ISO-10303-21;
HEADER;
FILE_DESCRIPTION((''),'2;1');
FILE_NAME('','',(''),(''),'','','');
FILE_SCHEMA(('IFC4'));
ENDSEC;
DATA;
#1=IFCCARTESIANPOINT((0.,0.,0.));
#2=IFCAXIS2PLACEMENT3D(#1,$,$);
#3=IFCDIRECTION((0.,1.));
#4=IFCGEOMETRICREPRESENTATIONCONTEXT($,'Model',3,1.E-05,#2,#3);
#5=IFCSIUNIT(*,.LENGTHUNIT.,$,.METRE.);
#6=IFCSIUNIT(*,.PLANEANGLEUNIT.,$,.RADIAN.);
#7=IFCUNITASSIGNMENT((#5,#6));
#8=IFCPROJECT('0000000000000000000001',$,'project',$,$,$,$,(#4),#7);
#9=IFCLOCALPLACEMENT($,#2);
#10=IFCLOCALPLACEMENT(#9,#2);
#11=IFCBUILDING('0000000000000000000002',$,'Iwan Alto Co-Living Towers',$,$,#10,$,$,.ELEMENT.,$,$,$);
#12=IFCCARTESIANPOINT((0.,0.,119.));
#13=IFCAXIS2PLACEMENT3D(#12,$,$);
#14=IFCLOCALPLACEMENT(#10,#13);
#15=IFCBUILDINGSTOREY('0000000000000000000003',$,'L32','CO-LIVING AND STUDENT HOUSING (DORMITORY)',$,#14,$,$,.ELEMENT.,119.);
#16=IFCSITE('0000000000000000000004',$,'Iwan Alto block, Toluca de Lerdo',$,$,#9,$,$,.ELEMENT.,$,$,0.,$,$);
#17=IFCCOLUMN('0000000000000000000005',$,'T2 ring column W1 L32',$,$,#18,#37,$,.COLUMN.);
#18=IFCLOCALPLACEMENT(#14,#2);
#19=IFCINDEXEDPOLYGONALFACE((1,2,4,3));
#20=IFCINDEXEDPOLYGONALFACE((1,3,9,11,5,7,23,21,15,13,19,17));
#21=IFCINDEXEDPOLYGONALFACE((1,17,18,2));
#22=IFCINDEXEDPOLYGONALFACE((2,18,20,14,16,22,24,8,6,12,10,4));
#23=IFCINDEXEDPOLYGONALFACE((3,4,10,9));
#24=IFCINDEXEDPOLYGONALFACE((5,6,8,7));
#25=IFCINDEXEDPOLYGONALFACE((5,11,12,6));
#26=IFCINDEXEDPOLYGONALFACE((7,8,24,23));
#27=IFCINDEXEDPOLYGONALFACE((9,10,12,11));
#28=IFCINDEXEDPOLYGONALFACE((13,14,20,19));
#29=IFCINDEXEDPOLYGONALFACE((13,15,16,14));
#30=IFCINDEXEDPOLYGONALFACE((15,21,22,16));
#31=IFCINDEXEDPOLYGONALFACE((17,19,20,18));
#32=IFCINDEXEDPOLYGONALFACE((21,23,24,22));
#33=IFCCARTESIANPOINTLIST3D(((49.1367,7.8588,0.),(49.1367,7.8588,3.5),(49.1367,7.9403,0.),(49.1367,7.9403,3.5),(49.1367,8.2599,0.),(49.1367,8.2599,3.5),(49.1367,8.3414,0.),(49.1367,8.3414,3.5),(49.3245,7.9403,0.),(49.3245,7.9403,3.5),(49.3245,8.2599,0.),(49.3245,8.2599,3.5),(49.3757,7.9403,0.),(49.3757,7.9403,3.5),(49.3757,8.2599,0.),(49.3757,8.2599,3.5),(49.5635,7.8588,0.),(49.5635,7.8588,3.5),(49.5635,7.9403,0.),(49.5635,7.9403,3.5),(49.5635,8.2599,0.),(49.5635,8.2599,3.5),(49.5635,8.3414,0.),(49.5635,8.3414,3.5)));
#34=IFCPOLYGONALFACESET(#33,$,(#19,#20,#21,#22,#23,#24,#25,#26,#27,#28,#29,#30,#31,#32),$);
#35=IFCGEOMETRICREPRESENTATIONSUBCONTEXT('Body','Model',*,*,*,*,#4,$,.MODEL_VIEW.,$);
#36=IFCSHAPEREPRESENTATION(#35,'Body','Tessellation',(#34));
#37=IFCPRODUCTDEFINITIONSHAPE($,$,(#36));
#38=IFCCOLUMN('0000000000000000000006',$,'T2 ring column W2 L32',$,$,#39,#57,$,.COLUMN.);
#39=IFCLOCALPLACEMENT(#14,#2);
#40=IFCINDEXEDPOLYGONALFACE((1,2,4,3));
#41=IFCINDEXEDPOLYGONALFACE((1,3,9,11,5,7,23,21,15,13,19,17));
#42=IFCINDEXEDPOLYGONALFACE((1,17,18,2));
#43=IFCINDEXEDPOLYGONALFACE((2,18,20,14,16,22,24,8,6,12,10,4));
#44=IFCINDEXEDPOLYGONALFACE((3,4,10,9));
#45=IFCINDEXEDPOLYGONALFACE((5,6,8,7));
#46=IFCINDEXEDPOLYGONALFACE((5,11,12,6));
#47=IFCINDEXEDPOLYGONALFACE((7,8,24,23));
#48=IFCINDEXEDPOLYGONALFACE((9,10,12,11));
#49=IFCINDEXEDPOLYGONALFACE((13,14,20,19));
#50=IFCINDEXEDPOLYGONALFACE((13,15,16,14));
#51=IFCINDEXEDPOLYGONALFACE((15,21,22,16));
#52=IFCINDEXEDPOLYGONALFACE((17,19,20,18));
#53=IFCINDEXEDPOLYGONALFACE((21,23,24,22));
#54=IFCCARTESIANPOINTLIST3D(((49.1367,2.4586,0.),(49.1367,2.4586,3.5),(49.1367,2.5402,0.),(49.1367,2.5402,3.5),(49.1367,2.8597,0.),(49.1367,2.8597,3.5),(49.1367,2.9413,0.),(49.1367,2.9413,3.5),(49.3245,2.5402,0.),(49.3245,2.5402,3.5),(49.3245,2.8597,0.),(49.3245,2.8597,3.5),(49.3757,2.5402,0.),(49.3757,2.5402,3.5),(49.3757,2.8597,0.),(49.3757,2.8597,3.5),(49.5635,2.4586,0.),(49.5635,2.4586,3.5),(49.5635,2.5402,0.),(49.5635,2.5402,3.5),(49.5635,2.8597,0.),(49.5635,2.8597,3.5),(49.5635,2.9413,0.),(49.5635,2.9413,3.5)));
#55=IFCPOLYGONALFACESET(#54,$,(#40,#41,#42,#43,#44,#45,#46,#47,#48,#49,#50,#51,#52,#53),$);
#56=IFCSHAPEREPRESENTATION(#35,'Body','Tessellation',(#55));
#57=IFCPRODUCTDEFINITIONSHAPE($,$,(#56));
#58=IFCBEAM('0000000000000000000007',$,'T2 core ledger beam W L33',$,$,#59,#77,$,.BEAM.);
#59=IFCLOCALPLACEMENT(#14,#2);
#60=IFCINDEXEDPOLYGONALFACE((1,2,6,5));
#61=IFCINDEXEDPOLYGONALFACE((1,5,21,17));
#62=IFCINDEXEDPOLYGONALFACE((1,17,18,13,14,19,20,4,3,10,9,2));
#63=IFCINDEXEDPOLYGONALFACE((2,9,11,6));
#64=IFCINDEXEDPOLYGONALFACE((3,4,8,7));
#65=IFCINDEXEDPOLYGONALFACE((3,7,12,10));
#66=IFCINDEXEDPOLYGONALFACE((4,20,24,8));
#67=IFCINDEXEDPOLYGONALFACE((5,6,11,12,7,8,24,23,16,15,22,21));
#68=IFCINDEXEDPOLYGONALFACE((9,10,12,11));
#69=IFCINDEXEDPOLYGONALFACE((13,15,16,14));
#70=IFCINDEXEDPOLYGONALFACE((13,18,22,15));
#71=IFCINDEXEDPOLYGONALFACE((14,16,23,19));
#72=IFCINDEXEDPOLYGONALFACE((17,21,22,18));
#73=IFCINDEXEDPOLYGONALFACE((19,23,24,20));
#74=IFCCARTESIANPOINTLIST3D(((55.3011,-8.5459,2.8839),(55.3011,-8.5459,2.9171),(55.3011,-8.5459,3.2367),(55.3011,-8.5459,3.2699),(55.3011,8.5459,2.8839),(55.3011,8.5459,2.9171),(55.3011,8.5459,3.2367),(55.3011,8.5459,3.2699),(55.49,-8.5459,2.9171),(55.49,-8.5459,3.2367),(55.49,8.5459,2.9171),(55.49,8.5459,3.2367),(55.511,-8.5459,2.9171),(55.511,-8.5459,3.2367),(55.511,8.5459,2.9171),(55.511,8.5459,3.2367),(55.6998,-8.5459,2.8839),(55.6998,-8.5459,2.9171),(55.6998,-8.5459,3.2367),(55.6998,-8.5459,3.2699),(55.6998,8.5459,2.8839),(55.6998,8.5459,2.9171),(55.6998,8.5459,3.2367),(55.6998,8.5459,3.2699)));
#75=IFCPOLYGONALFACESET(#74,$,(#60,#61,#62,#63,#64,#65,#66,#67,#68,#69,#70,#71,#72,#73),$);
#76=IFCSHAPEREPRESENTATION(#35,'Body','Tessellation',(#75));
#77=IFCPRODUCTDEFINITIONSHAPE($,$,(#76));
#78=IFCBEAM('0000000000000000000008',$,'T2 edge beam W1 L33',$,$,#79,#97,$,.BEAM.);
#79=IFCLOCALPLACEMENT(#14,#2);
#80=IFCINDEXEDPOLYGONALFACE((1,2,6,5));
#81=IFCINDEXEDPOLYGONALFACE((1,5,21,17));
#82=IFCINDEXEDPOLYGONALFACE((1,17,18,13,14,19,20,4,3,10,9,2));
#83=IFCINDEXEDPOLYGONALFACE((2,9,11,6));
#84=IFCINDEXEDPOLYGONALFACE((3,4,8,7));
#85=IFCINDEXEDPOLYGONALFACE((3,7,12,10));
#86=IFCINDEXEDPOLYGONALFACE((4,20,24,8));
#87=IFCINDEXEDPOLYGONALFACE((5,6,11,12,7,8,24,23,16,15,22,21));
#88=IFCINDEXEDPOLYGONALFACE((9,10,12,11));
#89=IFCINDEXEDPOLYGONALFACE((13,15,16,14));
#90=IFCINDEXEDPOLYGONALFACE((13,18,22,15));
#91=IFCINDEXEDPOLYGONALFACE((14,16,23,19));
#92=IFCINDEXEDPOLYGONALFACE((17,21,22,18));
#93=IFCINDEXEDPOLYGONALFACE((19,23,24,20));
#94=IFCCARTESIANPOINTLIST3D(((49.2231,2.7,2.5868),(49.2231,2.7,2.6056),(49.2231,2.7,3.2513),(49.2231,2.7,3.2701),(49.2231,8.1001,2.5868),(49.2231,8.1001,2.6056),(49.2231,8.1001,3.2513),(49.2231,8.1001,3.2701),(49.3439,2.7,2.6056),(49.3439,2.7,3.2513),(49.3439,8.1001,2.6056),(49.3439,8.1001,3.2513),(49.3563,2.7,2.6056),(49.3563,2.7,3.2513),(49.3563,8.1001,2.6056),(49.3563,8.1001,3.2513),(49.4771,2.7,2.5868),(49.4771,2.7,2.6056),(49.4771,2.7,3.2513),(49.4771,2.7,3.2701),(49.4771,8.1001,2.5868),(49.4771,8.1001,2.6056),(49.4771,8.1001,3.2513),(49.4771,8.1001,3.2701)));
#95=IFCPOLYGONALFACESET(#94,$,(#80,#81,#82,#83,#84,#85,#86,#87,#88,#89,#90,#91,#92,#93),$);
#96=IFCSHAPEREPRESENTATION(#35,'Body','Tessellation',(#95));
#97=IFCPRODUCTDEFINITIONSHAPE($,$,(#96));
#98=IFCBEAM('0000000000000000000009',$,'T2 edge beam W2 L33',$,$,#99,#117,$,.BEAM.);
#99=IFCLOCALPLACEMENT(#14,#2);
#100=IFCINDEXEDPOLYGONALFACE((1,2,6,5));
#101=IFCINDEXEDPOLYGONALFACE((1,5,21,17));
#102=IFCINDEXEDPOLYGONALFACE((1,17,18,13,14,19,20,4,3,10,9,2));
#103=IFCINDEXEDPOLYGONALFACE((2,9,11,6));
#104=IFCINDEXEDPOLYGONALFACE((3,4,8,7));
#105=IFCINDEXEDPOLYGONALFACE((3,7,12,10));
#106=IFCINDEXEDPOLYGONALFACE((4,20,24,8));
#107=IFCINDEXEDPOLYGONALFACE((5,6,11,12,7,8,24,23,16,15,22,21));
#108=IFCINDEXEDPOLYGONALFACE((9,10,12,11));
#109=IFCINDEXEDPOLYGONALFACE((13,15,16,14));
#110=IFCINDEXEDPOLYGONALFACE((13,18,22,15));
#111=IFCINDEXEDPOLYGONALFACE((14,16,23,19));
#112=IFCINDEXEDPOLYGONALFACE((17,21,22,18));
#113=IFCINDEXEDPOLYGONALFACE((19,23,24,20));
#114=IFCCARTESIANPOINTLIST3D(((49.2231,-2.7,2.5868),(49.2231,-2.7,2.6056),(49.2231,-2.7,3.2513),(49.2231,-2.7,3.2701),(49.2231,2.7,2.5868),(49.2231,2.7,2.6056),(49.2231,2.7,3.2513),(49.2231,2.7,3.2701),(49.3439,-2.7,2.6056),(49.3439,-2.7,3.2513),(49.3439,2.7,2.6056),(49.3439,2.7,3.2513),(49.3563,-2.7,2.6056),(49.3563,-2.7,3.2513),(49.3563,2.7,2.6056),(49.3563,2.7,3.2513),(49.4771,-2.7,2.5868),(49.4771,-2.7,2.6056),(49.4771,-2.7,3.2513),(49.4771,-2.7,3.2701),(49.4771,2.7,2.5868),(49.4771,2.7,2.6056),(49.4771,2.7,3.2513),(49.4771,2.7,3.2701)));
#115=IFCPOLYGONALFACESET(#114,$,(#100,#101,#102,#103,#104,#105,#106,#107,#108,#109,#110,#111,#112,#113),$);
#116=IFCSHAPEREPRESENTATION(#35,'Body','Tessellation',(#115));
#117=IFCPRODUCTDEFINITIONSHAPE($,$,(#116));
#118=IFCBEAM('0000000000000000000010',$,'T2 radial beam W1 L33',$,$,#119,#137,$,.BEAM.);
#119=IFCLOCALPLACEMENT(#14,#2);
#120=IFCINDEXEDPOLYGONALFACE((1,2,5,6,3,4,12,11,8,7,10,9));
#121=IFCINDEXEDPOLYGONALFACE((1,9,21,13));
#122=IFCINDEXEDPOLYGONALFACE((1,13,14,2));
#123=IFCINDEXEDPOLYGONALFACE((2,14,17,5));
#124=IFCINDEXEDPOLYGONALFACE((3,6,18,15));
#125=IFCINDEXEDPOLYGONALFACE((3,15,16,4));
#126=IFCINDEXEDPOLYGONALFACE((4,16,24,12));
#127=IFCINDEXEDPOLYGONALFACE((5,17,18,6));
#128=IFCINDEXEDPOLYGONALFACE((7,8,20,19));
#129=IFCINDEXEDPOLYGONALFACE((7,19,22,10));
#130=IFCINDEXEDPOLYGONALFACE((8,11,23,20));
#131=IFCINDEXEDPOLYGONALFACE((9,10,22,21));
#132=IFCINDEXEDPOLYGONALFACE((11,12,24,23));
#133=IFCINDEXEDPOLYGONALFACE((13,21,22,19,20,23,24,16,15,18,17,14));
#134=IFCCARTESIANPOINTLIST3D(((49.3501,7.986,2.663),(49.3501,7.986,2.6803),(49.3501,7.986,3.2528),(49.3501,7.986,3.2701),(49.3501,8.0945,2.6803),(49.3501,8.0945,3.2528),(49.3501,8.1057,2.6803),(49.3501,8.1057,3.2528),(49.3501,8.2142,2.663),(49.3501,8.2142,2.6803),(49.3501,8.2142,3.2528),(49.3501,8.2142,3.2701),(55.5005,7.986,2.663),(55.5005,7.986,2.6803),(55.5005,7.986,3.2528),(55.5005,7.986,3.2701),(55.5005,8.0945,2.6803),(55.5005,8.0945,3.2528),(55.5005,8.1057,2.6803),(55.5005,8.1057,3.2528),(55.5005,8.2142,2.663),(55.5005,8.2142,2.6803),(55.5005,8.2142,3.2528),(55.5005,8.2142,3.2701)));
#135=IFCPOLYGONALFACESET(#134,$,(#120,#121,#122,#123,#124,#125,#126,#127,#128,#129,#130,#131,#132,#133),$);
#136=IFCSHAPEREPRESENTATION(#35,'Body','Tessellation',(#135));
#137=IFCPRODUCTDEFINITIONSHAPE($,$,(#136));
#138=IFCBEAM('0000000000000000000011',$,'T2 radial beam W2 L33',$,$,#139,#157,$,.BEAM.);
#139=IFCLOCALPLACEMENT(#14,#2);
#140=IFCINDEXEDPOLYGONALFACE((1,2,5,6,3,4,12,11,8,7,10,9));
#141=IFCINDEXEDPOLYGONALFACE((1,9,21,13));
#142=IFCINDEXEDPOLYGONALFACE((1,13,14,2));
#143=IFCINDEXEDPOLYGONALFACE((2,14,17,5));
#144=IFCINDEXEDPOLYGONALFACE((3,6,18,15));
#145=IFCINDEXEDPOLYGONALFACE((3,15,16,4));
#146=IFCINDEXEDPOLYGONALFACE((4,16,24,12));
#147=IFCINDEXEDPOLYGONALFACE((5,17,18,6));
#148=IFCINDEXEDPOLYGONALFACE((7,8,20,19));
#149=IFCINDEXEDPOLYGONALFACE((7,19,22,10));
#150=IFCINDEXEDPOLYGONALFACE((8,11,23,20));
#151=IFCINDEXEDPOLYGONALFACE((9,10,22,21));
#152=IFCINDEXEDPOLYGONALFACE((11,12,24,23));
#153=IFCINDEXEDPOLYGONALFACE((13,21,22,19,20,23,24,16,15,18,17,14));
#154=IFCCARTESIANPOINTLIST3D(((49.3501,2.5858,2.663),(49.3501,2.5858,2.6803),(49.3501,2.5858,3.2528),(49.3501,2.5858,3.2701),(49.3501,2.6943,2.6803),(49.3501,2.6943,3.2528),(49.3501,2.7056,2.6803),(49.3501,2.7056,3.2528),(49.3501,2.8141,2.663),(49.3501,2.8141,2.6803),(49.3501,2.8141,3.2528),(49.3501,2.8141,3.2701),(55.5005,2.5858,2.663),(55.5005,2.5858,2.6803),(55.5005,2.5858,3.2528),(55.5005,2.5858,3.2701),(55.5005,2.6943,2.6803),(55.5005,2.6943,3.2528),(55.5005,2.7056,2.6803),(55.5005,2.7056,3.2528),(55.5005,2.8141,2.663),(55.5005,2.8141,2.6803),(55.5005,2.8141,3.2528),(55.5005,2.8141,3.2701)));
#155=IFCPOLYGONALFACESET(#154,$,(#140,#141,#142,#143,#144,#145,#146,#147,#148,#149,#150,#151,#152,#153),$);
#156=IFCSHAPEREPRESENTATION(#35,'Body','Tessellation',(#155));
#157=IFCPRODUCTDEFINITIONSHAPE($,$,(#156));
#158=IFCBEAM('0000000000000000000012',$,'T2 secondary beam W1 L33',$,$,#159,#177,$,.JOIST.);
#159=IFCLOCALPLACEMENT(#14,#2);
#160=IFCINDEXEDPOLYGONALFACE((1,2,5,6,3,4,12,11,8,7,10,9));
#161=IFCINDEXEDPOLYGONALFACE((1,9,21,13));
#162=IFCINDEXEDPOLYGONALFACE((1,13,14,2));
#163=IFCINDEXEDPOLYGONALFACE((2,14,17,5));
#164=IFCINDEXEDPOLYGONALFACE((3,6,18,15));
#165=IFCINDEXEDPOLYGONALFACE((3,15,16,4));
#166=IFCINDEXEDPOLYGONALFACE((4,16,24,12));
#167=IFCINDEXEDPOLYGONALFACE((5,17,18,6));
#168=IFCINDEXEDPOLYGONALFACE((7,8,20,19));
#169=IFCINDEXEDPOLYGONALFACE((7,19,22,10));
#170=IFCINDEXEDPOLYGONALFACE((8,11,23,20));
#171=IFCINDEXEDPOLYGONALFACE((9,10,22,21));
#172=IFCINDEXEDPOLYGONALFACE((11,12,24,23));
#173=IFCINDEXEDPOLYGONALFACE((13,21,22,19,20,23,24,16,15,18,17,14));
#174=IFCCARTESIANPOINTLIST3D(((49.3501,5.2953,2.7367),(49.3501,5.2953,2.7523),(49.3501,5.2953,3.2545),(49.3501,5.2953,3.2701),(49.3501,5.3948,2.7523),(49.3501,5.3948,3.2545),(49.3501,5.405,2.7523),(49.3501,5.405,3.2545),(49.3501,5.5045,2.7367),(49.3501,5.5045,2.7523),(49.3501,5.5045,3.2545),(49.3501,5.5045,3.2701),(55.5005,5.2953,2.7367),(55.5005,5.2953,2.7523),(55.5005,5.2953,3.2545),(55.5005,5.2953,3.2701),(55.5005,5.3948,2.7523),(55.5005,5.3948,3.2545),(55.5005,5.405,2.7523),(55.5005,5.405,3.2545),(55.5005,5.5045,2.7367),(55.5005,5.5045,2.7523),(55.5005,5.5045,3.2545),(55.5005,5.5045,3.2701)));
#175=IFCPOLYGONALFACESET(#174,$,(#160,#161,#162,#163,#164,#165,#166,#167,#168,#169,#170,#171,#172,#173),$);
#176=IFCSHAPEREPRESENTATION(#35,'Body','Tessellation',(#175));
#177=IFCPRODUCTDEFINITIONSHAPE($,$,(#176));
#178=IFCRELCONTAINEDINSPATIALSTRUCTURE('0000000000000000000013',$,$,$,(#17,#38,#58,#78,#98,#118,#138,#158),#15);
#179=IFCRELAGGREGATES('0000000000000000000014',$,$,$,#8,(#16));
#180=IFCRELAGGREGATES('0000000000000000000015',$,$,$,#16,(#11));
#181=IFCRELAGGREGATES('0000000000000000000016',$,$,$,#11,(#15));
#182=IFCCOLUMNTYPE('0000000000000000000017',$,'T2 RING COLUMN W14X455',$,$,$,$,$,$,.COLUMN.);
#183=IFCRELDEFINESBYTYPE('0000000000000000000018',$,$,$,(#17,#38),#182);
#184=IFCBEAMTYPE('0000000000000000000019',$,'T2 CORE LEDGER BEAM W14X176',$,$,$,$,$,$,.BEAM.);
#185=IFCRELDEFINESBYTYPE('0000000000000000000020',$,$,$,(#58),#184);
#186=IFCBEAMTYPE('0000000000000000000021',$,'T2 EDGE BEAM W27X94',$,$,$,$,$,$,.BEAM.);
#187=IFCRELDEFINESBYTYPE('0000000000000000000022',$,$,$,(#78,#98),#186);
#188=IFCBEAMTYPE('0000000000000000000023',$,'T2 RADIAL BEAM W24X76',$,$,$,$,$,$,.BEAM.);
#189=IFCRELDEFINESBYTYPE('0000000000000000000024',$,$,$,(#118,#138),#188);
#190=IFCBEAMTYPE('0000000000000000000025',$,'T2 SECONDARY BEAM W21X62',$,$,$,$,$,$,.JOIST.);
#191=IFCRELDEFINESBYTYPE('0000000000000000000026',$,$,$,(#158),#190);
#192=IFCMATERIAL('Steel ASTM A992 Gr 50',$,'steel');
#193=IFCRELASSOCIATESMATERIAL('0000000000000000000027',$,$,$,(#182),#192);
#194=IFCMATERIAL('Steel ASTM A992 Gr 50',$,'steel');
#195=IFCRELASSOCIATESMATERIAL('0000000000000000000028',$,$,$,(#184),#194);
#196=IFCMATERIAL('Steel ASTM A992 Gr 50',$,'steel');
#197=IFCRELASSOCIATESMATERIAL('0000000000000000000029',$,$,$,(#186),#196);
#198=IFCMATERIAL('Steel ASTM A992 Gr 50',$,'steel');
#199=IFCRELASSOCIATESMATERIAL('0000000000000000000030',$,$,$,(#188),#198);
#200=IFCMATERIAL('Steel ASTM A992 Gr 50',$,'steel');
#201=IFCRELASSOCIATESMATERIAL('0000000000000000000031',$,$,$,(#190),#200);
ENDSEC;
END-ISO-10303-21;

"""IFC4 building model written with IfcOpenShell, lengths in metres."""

from ifc_helpers import new_model, si_unit, direction, frame, origin, origin_2d, place, context, subcontext, project, spatial, i_section, extrude, material, material_profile, profile_set, type_object, element, save


model = new_model("IFC4")

# Units and contexts
model_context = context("Model", 3, precision=1e-05, world=origin(), true_north=direction((0.0, 1.0)))
body_context = subcontext(model_context, "Body", "Model", "MODEL_VIEW")
ifc_project = project(units=[si_unit("LENGTHUNIT", "METRE"), si_unit("PLANEANGLEUNIT", "RADIAN")], contexts=[model_context])

# Site, building, storey
site_placement = place(None, origin())
site = spatial("IfcSite", under=ifc_project, at=site_placement, Name="Iwan Alto block, Toluca de Lerdo", CompositionType="ELEMENT", RefElevation=0.0)
building_placement = place(site_placement, origin())
building = spatial("IfcBuilding", under=site, at=building_placement, Name="Iwan Alto Co-Living Towers", CompositionType="ELEMENT")
storey_placement = place(building_placement, frame((0.0, 0.0, 119.0)))
storey = spatial("IfcBuildingStorey", under=building, at=storey_placement, Name="L32", Description="CO-LIVING AND STUDENT HOUSING (DORMITORY)", CompositionType="ELEMENT", Elevation=119.0)

# Columns
ifc_material_1 = material(Name="Steel ASTM A992 Gr 50", Category="steel")
ifc_material_profile_1 = material_profile(ifc_material_1, i_section(OverallWidth=0.4268, OverallDepth=0.4827, WebThickness=0.0513, FlangeThickness=0.0815, at=origin_2d()), Name="W14X455")
ifc_profile_set_1 = profile_set([ifc_material_profile_1], Name="Steel ASTM A992 Gr 50")
column_type = type_object("IfcColumnType", Name="T2 RING COLUMN W14X455", PredefinedType="COLUMN", material=ifc_profile_set_1)
for number, where, z_axis, x_axis, name in (
    (1, (49.3501, 8.1001, 0.0), (0.0, 0.0, 1.0), (1.0, 0.0, 0.0), "T2 ring column W1 L32"),
    (2, (49.3501, 2.7, 0.0), (0.0, 0.0, 1.0), (1.0, 0.0, 0.0), "T2 ring column W2 L32"),
):
    element("IfcColumn", number, at=place(storey_placement, frame(where, z_axis=z_axis, x_axis=x_axis)), inside=storey, type_object=column_type, Name=name, PredefinedType="COLUMN", context=body_context, shape_type="SweptSolid", body=[
        extrude(i_section(OverallWidth=0.4268, OverallDepth=0.4827, WebThickness=0.0513, FlangeThickness=0.0815, at=origin_2d()), origin(), (0.0, 0.0, 1.0), 3.5),
    ])

# Beams
ifc_material_2 = material(Name="Steel ASTM A992 Gr 50", Category="steel")
ifc_material_profile_2 = material_profile(ifc_material_2, i_section(OverallWidth=0.3987, OverallDepth=0.386, WebThickness=0.021, FlangeThickness=0.0332, at=origin_2d()), Name="W14X176")
ifc_profile_set_2 = profile_set([ifc_material_profile_2], Name="Steel ASTM A992 Gr 50")
beam_type_1 = type_object("IfcBeamType", Name="T2 CORE LEDGER BEAM W14X176", PredefinedType="BEAM", material=ifc_profile_set_2)
beam_1_placement = place(storey_placement, frame((55.5005, 8.5459, 3.0769), z_axis=(0.0, -1.0, 0.0), x_axis=(1.0, 0.0, 0.0)))
element("IfcBeam", 3, at=beam_1_placement, inside=storey, type_object=beam_type_1, Name="T2 core ledger beam W L33", PredefinedType="BEAM", context=body_context, shape_type="SweptSolid", body=[
    extrude(i_section(OverallWidth=0.3987, OverallDepth=0.386, WebThickness=0.021, FlangeThickness=0.0332, at=origin_2d()), origin(), (0.0, 0.0, 1.0), 17.0918),
])
ifc_material_3 = material(Name="Steel ASTM A992 Gr 50", Category="steel")
ifc_material_profile_3 = material_profile(ifc_material_3, i_section(OverallWidth=0.2539, OverallDepth=0.6833, WebThickness=0.0125, FlangeThickness=0.0188, at=origin_2d()), Name="W27X94")
ifc_profile_set_3 = profile_set([ifc_material_profile_3], Name="Steel ASTM A992 Gr 50")
beam_type_2 = type_object("IfcBeamType", Name="T2 EDGE BEAM W27X94", PredefinedType="BEAM", material=ifc_profile_set_3)
beam_2_placement = place(storey_placement, frame((49.3501, 8.1001, 2.9285), z_axis=(0.0, -1.0, 0.0), x_axis=(1.0, 0.0, 0.0)))
element("IfcBeam", 4, at=beam_2_placement, inside=storey, type_object=beam_type_2, Name="T2 edge beam W1 L33", PredefinedType="BEAM", context=body_context, shape_type="SweptSolid", body=[
    extrude(i_section(OverallWidth=0.2539, OverallDepth=0.6833, WebThickness=0.0125, FlangeThickness=0.0188, at=origin_2d()), origin(), (0.0, 0.0, 1.0), 5.4001),
])
beam_3_placement = place(storey_placement, frame((49.3501, 2.7, 2.9285), z_axis=(0.0, -1.0, 0.0), x_axis=(1.0, 0.0, 0.0)))
element("IfcBeam", 5, at=beam_3_placement, inside=storey, type_object=beam_type_2, Name="T2 edge beam W2 L33", PredefinedType="BEAM", context=body_context, shape_type="SweptSolid", body=[
    extrude(i_section(OverallWidth=0.2539, OverallDepth=0.6833, WebThickness=0.0125, FlangeThickness=0.0188, at=origin_2d()), origin(), (0.0, 0.0, 1.0), 5.3999),
])
ifc_material_4 = material(Name="Steel ASTM A992 Gr 50", Category="steel")
ifc_material_profile_4 = material_profile(ifc_material_4, i_section(OverallWidth=0.2283, OverallDepth=0.6072, WebThickness=0.0112, FlangeThickness=0.0173, at=origin_2d()), Name="W24X76")
ifc_profile_set_4 = profile_set([ifc_material_profile_4], Name="Steel ASTM A992 Gr 50")
beam_type_3 = type_object("IfcBeamType", Name="T2 RADIAL BEAM W24X76", PredefinedType="BEAM", material=ifc_profile_set_4)
for number, where, z_axis, x_axis, name in (
    (6, (49.3501, 8.1001, 2.9666), (1.0, 0.0, 0.0), (0.0, 1.0, 0.0), "T2 radial beam W1 L33"),
    (7, (49.3501, 2.7, 2.9666), (1.0, 0.0, 0.0), (0.0, 1.0, 0.0), "T2 radial beam W2 L33"),
):
    element("IfcBeam", number, at=place(storey_placement, frame(where, z_axis=z_axis, x_axis=x_axis)), inside=storey, type_object=beam_type_3, Name=name, PredefinedType="BEAM", context=body_context, shape_type="SweptSolid", body=[
        extrude(i_section(OverallWidth=0.2283, OverallDepth=0.6072, WebThickness=0.0112, FlangeThickness=0.0173, at=origin_2d()), origin(), (0.0, 0.0, 1.0), 6.1504),
    ])
ifc_material_5 = material(Name="Steel ASTM A992 Gr 50", Category="steel")
ifc_material_profile_5 = material_profile(ifc_material_5, i_section(OverallWidth=0.2092, OverallDepth=0.5334, WebThickness=0.0103, FlangeThickness=0.0156, at=origin_2d()), Name="W21X62")
ifc_profile_set_5 = profile_set([ifc_material_profile_5], Name="Steel ASTM A992 Gr 50")
beam_type_4 = type_object("IfcBeamType", Name="T2 SECONDARY BEAM W21X62", PredefinedType="JOIST", material=ifc_profile_set_5)
for number, where, z_axis, x_axis, name in (
    (8, (49.3501, 5.3999, 3.0034), (1.0, 0.0, 0.0), (0.0, 1.0, 0.0), "T2 secondary beam W1 L33"),
):
    element("IfcBeam", number, at=place(storey_placement, frame(where, z_axis=z_axis, x_axis=x_axis)), inside=storey, type_object=beam_type_4, Name=name, PredefinedType="JOIST", context=body_context, shape_type="SweptSolid", body=[
        extrude(i_section(OverallWidth=0.2092, OverallDepth=0.5334, WebThickness=0.0103, FlangeThickness=0.0156, at=origin_2d()), origin(), (0.0, 0.0, 1.0), 6.1504),
    ])

save(model, "model.ifc")
